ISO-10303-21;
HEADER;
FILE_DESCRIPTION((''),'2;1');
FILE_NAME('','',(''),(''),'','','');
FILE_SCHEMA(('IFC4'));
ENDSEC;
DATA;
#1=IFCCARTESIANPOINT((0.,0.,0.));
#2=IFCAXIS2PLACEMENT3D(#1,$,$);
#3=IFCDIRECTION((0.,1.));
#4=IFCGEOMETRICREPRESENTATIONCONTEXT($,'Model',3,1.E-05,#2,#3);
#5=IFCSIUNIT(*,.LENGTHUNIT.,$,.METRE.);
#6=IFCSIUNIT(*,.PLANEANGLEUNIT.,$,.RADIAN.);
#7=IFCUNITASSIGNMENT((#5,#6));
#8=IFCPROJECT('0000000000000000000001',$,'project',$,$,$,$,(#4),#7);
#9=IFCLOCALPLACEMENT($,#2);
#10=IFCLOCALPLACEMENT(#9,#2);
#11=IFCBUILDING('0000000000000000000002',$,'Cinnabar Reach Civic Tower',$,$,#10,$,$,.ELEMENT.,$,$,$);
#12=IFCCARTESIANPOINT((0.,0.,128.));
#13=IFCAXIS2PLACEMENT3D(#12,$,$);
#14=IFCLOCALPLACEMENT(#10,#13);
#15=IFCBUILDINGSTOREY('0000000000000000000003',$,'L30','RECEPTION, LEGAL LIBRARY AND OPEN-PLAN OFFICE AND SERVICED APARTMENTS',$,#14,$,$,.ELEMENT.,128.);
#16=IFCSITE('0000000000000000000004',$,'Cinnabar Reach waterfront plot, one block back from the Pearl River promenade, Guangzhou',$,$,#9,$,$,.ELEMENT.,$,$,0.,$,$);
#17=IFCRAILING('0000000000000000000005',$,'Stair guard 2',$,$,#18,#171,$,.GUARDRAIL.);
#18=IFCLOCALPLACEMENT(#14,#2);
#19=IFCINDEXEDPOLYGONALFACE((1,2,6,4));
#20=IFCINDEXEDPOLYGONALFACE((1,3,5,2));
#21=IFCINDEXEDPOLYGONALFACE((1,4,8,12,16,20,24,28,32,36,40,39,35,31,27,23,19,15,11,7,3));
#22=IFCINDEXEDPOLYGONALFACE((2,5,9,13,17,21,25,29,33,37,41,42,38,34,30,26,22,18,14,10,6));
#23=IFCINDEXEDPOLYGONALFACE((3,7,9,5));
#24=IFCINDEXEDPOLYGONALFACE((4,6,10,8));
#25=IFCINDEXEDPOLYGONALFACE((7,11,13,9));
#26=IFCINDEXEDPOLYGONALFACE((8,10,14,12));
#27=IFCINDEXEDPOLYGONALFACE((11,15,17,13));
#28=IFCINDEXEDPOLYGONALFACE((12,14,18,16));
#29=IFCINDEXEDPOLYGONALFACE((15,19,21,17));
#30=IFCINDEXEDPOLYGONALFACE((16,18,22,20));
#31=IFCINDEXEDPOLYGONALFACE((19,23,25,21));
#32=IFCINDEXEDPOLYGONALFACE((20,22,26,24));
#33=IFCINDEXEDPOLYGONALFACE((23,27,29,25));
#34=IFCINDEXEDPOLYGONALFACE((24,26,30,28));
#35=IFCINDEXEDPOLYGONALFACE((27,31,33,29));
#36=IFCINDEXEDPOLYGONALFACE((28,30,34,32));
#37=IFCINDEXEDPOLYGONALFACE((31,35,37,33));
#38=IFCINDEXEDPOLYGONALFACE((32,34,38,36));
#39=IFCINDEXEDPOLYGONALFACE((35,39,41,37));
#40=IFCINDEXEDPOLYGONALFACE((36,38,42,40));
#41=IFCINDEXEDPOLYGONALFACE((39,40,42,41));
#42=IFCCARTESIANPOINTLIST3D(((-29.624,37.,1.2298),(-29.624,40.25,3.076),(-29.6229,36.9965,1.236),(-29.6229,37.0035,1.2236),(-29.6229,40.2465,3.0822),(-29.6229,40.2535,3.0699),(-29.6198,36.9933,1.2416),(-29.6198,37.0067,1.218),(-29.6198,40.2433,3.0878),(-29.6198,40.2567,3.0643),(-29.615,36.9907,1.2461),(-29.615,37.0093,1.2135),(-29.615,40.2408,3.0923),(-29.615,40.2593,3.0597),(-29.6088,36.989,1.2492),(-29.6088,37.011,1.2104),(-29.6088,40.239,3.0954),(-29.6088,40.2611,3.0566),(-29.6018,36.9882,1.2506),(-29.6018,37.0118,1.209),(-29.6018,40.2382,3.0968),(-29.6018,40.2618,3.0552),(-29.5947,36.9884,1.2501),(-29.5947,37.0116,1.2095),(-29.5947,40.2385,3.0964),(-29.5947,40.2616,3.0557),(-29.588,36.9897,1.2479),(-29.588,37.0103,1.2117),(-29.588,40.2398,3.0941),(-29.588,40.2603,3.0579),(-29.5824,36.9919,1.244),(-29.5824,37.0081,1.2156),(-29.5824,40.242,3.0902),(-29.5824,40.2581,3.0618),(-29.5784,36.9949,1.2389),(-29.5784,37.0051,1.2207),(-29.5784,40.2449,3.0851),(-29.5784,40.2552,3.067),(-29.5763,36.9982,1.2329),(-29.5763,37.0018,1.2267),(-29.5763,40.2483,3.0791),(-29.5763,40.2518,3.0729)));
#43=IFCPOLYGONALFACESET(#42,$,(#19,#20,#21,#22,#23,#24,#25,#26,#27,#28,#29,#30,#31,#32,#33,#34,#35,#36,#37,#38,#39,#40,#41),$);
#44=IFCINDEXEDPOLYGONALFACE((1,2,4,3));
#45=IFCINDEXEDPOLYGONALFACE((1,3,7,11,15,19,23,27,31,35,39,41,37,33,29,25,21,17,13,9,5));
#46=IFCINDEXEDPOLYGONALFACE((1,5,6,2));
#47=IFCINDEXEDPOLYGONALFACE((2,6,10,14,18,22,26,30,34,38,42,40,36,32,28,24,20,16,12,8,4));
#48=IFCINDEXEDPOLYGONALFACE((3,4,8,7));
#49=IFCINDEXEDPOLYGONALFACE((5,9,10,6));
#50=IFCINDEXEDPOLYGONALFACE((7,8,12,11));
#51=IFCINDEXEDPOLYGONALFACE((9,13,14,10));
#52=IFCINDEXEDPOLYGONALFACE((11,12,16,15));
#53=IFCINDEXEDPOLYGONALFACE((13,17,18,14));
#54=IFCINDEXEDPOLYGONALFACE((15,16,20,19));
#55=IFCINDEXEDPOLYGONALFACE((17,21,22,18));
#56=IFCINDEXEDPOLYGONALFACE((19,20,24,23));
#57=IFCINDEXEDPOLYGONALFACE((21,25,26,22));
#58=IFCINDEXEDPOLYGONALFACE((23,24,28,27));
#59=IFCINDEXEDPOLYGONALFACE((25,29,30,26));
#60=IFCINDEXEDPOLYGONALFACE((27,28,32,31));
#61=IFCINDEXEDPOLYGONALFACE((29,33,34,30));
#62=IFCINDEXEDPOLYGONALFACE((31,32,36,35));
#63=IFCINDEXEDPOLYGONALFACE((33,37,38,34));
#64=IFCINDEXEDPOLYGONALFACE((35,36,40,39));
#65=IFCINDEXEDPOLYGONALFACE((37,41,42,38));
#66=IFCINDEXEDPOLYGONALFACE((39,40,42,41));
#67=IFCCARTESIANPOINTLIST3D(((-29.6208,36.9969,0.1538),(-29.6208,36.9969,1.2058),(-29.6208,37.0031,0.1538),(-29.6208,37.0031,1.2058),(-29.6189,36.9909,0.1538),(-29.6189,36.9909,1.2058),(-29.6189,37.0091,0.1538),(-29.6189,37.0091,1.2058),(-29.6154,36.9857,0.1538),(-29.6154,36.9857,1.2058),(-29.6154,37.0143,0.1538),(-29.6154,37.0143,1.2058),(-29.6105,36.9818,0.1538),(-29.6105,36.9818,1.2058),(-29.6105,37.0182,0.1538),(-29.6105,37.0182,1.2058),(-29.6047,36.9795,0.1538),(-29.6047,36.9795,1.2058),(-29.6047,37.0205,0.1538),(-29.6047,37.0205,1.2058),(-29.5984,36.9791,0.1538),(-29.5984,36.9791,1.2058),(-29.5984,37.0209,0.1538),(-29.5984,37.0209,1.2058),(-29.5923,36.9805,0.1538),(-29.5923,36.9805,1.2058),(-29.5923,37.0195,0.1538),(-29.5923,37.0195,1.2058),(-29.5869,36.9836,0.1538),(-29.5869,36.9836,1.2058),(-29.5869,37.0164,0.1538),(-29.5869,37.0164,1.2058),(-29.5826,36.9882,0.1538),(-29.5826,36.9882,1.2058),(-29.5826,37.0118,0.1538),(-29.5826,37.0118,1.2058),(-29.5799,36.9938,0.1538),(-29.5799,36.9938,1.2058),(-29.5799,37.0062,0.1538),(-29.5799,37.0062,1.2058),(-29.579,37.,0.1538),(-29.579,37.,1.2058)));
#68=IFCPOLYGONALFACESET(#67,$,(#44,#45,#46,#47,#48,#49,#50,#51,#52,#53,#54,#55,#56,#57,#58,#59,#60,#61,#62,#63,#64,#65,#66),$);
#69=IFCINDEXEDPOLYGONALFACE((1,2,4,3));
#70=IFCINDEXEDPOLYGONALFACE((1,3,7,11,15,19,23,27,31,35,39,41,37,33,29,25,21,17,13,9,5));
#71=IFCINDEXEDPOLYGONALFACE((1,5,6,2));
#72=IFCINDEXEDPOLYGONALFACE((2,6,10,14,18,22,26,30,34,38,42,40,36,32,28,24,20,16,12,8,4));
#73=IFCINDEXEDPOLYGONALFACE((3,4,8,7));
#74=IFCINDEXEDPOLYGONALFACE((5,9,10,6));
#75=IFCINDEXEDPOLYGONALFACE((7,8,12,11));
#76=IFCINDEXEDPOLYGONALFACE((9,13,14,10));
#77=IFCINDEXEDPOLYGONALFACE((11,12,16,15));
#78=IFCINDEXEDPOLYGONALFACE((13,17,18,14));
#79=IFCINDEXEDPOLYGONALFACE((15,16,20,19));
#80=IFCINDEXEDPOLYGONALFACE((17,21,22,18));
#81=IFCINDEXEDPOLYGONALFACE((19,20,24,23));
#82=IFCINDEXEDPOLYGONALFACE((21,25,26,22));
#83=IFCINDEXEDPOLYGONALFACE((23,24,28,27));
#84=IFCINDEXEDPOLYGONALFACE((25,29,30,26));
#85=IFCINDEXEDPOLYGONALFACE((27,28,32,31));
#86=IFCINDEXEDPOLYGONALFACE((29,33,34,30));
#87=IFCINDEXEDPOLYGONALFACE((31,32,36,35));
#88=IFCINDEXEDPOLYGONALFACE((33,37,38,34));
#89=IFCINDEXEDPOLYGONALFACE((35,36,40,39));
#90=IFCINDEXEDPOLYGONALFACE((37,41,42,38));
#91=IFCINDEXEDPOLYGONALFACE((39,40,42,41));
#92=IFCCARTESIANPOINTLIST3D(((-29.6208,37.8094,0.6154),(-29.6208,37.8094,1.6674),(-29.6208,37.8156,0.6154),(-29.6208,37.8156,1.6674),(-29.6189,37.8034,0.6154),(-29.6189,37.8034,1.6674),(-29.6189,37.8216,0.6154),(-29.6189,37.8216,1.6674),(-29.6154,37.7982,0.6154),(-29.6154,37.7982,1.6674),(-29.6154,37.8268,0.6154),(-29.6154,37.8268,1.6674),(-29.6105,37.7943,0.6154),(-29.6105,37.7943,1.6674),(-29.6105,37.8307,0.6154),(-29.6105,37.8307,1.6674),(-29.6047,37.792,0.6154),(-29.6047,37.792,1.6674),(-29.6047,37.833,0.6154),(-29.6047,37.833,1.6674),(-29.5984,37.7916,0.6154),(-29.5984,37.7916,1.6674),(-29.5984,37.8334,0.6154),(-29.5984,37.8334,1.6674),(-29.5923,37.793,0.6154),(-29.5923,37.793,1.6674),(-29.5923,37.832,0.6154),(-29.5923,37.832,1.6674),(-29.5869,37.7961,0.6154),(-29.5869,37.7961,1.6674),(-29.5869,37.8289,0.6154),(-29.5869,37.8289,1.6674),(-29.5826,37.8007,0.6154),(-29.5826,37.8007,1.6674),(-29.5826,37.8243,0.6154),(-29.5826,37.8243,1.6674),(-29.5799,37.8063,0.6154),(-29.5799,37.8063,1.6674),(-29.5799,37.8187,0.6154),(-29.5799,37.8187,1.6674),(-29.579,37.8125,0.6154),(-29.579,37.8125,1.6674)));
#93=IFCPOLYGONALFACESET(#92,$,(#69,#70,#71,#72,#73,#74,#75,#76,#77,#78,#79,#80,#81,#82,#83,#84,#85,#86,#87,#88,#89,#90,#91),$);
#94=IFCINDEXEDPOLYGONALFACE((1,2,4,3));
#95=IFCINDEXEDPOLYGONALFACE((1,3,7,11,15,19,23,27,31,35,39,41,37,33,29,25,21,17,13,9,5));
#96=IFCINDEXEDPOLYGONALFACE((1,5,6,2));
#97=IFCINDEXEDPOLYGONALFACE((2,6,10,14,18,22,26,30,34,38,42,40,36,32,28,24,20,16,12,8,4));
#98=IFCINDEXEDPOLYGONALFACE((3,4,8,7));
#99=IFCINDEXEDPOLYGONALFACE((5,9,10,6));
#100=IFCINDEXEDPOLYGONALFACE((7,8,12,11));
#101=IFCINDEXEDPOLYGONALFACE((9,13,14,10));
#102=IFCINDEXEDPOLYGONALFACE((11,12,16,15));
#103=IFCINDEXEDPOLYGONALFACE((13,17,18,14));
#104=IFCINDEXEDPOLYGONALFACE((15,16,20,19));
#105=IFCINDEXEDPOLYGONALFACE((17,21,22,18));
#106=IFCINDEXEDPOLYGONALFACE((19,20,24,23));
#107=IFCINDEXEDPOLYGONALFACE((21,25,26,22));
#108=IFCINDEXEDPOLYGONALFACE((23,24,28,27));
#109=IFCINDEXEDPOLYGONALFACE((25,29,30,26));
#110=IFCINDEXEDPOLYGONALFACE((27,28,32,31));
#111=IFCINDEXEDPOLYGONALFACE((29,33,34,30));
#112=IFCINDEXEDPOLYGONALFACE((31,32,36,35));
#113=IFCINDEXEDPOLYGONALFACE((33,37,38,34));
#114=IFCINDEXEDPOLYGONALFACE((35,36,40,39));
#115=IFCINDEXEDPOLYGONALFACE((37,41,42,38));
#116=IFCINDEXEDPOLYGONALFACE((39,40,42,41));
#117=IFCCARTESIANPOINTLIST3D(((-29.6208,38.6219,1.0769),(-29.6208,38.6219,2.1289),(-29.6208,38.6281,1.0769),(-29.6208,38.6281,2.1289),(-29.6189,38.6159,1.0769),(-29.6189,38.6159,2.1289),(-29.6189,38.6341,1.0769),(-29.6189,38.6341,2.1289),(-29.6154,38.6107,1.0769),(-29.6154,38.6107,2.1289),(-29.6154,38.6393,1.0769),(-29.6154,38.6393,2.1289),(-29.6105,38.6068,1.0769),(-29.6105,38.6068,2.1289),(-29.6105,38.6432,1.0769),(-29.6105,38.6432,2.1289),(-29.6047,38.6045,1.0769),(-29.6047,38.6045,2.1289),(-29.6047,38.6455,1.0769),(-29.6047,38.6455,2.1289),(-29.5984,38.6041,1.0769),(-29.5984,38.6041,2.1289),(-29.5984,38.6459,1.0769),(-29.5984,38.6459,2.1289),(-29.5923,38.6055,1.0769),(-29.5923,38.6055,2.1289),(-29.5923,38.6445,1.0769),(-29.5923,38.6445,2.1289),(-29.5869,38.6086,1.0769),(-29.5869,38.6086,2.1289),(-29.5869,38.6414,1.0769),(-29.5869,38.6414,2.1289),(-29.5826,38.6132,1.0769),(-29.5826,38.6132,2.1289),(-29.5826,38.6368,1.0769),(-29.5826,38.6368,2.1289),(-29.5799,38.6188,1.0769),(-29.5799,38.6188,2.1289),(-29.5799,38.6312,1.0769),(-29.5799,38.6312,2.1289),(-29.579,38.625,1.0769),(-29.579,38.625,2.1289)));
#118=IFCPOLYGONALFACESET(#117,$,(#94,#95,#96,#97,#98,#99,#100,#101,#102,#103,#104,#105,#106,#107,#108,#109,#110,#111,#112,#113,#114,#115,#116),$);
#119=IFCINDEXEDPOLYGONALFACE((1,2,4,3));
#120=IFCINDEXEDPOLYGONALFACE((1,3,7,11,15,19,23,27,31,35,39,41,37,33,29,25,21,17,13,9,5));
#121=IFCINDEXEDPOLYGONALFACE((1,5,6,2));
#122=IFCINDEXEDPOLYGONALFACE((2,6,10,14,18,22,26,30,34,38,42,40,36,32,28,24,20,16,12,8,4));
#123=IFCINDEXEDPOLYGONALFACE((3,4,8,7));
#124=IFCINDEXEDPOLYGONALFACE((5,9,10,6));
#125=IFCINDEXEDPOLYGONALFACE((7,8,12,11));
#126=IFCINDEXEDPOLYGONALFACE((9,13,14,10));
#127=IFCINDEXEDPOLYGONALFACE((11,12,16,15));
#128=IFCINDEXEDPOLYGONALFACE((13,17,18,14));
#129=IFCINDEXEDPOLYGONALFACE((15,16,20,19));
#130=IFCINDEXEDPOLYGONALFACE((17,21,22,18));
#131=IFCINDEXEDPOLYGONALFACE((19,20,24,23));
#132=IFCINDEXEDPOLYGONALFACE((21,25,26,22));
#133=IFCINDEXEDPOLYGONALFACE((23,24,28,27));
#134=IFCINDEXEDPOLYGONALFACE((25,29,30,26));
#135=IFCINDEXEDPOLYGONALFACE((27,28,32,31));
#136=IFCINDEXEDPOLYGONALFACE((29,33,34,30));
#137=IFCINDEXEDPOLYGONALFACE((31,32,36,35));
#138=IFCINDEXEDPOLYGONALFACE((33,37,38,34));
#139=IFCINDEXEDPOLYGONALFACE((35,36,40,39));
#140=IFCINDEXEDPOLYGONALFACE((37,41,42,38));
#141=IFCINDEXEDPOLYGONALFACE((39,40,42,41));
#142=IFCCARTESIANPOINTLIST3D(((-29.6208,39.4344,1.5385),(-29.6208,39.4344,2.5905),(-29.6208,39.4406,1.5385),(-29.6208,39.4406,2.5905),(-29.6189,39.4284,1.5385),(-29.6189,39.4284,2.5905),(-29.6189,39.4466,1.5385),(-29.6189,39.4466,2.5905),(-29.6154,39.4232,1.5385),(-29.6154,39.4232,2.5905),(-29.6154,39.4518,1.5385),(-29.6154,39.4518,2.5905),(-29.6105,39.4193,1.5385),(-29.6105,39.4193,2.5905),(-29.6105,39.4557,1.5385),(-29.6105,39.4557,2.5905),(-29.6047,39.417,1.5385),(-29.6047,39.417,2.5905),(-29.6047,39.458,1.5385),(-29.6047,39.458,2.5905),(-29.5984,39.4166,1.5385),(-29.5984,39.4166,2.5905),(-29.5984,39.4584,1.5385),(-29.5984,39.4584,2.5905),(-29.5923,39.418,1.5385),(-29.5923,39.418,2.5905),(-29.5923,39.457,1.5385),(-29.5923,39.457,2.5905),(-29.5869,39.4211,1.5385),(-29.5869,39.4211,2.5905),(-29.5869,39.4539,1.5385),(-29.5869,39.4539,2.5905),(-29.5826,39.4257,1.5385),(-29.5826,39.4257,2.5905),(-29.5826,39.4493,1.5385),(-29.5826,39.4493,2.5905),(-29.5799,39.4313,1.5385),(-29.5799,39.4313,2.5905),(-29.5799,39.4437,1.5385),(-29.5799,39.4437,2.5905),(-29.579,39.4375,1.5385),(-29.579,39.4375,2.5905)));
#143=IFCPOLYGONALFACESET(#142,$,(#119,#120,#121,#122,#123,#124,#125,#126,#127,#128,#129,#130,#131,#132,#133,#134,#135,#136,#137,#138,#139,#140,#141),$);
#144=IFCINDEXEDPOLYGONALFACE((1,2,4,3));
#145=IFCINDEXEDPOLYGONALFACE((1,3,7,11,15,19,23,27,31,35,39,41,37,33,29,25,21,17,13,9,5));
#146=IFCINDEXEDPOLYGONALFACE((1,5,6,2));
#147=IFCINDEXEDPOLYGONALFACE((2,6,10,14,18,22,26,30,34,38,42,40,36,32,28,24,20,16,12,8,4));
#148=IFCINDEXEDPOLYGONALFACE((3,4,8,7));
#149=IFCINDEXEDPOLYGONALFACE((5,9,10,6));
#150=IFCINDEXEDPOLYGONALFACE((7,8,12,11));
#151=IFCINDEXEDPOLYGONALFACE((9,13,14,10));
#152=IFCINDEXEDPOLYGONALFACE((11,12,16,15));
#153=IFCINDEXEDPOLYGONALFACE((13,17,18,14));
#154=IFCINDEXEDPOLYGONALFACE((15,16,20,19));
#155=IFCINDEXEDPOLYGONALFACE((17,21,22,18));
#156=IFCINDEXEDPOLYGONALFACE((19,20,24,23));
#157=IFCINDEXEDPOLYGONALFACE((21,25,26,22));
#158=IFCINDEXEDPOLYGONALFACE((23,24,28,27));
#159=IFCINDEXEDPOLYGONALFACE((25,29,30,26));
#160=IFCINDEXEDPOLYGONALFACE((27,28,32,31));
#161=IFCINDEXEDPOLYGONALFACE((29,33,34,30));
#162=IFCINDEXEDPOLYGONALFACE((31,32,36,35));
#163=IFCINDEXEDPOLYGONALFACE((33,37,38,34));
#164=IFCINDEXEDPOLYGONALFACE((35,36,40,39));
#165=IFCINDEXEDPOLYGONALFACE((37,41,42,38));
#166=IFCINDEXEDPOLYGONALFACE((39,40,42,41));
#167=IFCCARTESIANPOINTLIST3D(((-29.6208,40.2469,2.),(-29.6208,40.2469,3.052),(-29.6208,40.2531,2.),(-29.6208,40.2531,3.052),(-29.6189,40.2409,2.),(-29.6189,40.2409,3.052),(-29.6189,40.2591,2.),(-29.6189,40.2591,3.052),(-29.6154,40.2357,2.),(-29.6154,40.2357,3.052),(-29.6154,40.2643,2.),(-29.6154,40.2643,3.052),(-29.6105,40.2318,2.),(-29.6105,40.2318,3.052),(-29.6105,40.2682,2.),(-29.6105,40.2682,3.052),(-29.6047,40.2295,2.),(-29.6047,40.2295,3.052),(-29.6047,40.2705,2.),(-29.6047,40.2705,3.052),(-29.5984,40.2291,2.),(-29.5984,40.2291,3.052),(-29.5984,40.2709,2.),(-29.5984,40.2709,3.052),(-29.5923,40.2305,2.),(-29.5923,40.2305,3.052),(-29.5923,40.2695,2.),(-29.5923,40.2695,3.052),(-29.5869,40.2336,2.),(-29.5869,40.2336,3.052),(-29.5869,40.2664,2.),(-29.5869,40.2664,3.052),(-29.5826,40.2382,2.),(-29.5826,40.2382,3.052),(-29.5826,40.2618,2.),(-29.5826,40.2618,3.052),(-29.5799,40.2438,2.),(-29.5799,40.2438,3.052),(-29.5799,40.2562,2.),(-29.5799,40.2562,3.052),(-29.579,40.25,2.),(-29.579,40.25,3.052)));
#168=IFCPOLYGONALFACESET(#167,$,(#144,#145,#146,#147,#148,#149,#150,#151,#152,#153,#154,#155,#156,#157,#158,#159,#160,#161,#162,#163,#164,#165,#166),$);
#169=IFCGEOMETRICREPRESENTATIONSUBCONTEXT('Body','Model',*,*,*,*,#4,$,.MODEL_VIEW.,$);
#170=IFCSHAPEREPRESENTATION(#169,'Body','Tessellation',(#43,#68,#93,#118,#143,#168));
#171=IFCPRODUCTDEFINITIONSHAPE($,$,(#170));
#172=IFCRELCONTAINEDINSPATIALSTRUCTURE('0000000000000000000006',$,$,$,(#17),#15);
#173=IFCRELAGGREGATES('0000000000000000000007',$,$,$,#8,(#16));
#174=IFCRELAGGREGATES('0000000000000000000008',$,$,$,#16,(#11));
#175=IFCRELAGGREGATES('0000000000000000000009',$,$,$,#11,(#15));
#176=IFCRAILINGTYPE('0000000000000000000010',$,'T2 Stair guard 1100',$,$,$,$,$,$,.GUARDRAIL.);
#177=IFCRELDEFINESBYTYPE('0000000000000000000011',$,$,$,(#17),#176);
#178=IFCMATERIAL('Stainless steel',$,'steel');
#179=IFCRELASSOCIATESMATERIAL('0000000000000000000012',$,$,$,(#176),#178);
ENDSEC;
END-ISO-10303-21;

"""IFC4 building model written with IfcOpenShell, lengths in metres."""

from ifc_helpers import new_model, si_unit, direction, frame, origin, origin_2d, place, context, subcontext, project, spatial, circle, extrude, material, type_object, element, save


model = new_model("IFC4")

# Units and contexts
model_context = context("Model", 3, precision=1e-05, world=origin(), true_north=direction((0.0, 1.0)))
body_context = subcontext(model_context, "Body", "Model", "MODEL_VIEW")
ifc_project = project(units=[si_unit("LENGTHUNIT", "METRE"), si_unit("PLANEANGLEUNIT", "RADIAN")], contexts=[model_context])

# Site, building, storey
site_placement = place(None, origin())
site = spatial("IfcSite", under=ifc_project, at=site_placement, Name="Cinnabar Reach waterfront plot, one block back from the Pearl River promenade, Guangzhou", CompositionType="ELEMENT", RefElevation=0.0)
building_placement = place(site_placement, origin())
building = spatial("IfcBuilding", under=site, at=building_placement, Name="Cinnabar Reach Civic Tower", CompositionType="ELEMENT")
storey_placement = place(building_placement, frame((0.0, 0.0, 128.0)))
storey = spatial("IfcBuildingStorey", under=building, at=storey_placement, Name="L30", Description="RECEPTION, LEGAL LIBRARY AND OPEN-PLAN OFFICE AND SERVICED APARTMENTS", CompositionType="ELEMENT", Elevation=128.0)

# Railing
ifc_material_1 = material(Name="Stainless steel", Category="steel")
railing_type = type_object("IfcRailingType", Name="T2 Stair guard 1100", PredefinedType="GUARDRAIL", material=ifc_material_1)
railing_1_placement = place(storey_placement, frame((-29.6, 37.0, 0.1538)))
element("IfcRailing", 1, at=railing_1_placement, inside=storey, type_object=railing_type, Name="Stair guard 2", PredefinedType="GUARDRAIL", context=body_context, shape_type="SweptSolid", body=[
    extrude(circle(Radius=0.024, at=origin_2d()), frame((0.0, 0.0, 1.076), z_axis=(0.0, 0.869501, 0.49393), x_axis=(-1.0, 0.0, 0.0)), (0.0, 0.0, 1.0), 3.7378),
    extrude(circle(Radius=0.021, at=origin_2d()), origin(), (0.0, 0.0, 1.0), 1.052),
    extrude(circle(Radius=0.021, at=origin_2d()), frame((0.0, 0.8125, 0.4616)), (0.0, 0.0, 1.0), 1.052),
    extrude(circle(Radius=0.021, at=origin_2d()), frame((0.0, 1.625, 0.9231)), (0.0, 0.0, 1.0), 1.052),
    extrude(circle(Radius=0.021, at=origin_2d()), frame((0.0, 2.4375, 1.3847)), (0.0, 0.0, 1.0), 1.052),
    extrude(circle(Radius=0.021, at=origin_2d()), frame((0.0, 3.25, 1.8462)), (0.0, 0.0, 1.0), 1.052),
])

save(model, "model.ifc")
